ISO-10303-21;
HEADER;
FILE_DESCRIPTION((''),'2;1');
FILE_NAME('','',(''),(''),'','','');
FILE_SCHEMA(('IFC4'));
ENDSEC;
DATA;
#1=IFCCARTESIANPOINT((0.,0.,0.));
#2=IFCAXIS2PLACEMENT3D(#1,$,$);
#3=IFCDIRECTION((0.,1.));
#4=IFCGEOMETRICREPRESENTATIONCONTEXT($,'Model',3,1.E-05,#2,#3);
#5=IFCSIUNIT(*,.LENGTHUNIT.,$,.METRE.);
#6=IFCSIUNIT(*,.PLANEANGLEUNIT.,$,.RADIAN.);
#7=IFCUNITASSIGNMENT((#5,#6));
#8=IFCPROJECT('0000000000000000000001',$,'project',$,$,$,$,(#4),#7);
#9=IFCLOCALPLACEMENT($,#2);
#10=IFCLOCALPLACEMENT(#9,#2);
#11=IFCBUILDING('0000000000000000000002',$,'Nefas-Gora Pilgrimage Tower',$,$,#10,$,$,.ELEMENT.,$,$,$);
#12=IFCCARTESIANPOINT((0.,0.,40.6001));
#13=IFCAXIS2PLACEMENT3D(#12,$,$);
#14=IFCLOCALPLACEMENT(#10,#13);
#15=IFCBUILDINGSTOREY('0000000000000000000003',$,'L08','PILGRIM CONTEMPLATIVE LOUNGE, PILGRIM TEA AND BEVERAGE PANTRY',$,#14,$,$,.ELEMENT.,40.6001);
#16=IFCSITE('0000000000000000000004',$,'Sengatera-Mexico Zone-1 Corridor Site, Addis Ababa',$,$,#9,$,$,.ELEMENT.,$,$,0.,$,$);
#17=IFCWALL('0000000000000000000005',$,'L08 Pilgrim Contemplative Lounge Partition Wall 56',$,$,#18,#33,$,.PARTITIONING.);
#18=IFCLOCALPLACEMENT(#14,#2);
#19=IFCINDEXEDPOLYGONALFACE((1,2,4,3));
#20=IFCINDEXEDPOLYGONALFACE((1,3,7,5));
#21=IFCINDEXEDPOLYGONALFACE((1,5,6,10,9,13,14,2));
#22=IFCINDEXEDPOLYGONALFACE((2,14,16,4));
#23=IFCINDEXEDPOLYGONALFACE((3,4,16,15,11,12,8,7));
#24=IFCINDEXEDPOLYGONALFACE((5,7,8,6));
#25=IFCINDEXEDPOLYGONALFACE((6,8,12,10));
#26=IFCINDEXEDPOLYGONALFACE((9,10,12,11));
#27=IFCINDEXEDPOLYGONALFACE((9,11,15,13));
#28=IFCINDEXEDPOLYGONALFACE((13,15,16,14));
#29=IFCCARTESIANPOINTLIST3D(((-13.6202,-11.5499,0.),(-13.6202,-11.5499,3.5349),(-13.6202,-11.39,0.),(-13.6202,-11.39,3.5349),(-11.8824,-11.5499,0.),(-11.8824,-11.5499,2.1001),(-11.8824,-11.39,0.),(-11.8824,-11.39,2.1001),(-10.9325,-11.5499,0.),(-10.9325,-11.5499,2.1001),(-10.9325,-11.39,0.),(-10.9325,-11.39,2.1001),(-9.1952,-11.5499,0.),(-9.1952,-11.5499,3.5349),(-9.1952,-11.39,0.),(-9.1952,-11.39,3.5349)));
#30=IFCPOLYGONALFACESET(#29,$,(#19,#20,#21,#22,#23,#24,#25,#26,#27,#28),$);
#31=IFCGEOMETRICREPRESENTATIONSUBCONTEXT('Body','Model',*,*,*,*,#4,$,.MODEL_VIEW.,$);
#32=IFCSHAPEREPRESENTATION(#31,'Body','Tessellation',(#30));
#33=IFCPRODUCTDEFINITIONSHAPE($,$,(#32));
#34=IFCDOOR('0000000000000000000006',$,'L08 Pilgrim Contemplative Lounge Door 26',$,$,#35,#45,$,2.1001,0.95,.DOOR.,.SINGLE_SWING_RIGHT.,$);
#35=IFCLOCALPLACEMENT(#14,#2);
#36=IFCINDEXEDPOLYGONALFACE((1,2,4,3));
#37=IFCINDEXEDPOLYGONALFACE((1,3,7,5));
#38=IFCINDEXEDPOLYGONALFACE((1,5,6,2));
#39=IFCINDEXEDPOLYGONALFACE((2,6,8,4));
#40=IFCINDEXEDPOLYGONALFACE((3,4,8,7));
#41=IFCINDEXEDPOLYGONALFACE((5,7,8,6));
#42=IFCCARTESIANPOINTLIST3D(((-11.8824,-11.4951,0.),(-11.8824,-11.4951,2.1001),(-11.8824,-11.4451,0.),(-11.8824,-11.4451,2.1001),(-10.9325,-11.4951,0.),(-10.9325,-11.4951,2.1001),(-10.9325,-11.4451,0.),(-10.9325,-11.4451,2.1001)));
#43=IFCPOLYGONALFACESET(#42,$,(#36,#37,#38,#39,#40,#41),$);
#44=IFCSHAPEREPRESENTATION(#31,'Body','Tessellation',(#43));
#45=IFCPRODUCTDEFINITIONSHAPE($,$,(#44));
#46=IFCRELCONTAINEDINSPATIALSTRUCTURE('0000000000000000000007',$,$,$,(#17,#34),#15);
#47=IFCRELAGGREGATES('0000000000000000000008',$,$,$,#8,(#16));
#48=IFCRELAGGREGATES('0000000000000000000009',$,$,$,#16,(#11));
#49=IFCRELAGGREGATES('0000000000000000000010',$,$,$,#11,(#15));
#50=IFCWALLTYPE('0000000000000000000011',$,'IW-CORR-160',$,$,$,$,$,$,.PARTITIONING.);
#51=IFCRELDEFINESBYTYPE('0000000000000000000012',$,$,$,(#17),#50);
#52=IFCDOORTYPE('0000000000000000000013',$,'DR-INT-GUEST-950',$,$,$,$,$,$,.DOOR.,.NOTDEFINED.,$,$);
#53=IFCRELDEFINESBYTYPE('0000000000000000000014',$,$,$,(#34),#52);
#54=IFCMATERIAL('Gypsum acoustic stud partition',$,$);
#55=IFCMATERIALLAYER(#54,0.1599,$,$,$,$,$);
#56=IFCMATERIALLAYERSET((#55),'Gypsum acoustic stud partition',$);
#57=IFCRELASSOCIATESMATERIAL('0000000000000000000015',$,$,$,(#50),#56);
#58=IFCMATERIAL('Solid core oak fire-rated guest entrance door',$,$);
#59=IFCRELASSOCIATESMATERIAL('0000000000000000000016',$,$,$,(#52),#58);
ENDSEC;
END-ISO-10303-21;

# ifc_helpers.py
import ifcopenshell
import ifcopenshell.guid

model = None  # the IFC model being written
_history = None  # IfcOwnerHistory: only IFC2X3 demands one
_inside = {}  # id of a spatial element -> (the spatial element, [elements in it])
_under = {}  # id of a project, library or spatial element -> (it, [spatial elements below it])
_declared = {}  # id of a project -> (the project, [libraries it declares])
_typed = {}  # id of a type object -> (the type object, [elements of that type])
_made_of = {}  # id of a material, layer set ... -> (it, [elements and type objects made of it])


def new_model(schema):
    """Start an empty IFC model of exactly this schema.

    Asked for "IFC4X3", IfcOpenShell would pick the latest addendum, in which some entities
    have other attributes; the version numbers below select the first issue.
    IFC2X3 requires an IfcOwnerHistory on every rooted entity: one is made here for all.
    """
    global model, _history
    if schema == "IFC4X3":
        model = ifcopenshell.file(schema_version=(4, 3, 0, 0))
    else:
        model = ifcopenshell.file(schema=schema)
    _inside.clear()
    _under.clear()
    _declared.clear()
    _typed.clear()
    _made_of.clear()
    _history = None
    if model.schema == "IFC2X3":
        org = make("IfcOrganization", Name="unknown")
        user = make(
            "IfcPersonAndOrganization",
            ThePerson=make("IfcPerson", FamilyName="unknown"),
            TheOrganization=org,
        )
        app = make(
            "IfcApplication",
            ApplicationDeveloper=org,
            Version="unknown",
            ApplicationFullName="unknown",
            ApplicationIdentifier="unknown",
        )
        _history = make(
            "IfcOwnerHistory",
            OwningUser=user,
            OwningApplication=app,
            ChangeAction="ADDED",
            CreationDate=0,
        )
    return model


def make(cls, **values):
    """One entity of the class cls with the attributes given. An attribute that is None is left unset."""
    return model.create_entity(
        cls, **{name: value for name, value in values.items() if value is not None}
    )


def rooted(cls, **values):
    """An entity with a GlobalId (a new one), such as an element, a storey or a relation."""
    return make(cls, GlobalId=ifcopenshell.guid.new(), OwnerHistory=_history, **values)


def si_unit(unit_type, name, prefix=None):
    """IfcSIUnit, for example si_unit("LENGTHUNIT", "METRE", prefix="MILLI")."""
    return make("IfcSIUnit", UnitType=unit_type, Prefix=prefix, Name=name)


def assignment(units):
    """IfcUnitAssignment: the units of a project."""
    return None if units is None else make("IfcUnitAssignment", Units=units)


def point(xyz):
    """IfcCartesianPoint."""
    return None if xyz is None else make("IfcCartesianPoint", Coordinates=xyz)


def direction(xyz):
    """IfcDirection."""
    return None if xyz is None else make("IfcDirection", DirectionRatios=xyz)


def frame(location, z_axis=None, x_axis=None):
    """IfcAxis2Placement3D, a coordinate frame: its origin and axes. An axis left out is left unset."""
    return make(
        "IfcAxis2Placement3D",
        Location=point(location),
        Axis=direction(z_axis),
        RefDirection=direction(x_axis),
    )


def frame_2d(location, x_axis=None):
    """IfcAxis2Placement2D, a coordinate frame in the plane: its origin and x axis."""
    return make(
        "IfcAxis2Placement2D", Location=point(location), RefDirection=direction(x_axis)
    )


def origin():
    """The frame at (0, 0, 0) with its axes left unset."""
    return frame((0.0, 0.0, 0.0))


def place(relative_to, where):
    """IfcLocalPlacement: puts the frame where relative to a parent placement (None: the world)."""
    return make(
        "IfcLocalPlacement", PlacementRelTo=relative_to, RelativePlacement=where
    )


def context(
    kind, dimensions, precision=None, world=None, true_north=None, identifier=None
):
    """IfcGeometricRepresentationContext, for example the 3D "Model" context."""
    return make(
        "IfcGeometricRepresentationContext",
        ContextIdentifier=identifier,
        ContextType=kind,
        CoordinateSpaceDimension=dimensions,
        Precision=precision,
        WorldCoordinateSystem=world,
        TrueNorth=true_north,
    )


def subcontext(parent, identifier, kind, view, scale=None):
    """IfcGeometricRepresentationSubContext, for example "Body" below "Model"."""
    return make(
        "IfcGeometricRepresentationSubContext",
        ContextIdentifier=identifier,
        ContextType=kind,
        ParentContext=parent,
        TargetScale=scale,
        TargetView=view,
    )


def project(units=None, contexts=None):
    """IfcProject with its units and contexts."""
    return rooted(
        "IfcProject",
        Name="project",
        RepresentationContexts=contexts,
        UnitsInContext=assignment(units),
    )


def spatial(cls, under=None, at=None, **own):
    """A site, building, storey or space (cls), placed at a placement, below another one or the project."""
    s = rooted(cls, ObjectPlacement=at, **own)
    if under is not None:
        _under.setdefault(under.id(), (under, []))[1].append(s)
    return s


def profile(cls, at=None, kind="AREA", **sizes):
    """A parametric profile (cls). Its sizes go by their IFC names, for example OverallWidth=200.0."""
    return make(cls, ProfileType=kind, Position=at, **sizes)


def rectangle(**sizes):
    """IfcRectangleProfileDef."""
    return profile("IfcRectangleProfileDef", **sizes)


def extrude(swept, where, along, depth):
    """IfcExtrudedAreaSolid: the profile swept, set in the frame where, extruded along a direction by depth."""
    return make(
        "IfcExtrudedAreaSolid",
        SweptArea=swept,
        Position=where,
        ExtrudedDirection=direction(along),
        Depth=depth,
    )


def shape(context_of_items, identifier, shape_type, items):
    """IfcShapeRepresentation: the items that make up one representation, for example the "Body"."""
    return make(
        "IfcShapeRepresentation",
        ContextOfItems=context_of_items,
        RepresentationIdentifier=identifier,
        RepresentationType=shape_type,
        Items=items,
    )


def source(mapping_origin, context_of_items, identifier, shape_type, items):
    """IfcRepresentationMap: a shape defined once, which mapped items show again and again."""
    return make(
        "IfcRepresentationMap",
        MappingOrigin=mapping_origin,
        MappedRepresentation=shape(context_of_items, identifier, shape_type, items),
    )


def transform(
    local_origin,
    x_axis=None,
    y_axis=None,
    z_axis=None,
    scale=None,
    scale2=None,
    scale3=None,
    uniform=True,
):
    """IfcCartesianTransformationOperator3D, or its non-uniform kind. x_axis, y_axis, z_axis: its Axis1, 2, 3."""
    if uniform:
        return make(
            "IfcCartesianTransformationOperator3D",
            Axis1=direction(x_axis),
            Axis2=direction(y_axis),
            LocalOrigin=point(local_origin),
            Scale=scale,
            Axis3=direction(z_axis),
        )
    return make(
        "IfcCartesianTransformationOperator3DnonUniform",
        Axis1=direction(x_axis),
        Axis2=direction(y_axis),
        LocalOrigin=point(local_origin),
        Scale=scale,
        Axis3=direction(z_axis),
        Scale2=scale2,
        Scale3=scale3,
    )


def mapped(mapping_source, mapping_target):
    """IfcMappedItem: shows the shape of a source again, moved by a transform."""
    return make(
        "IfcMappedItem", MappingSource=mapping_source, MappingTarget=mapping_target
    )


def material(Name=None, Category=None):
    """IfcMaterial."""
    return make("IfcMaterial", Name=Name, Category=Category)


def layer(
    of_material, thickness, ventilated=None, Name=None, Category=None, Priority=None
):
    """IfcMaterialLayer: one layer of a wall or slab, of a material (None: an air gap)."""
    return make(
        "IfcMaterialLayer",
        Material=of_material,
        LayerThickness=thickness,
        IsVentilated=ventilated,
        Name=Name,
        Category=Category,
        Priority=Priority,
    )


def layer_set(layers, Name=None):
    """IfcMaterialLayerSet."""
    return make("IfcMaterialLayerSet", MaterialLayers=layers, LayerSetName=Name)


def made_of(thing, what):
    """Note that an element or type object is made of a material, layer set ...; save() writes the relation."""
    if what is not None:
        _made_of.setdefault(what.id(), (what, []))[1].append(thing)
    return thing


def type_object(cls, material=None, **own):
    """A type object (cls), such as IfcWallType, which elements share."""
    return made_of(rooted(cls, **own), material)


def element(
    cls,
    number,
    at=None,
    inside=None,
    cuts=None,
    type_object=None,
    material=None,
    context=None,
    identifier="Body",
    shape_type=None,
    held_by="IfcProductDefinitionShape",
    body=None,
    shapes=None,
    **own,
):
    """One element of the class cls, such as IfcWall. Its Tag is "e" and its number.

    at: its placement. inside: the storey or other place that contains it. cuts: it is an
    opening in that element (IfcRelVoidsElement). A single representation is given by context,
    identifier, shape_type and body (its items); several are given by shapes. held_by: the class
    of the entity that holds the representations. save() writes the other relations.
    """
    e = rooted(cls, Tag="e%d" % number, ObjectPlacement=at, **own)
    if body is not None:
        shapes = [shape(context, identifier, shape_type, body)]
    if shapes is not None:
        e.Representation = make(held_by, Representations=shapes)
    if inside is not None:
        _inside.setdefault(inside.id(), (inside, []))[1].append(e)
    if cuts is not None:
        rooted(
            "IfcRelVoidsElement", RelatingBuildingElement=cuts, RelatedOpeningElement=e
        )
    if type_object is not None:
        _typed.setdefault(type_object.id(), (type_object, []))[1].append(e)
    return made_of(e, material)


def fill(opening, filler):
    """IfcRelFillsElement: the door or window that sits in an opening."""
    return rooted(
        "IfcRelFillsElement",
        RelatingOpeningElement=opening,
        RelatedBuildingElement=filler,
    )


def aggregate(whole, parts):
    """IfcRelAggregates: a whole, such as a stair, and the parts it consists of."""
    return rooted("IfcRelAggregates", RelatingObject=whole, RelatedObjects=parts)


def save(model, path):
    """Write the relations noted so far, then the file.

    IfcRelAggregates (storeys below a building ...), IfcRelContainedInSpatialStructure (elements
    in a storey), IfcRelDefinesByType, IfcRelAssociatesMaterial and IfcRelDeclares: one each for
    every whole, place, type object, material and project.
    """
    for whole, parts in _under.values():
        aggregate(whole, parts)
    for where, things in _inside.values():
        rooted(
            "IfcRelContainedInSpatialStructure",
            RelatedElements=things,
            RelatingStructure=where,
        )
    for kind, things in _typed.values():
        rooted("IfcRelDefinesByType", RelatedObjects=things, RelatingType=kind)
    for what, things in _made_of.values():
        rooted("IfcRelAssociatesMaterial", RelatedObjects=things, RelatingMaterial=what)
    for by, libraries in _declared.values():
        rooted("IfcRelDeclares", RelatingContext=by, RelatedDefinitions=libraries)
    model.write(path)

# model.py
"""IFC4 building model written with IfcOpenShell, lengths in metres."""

from ifc_helpers import new_model, si_unit, direction, frame, frame_2d, origin, place, context, subcontext, project, spatial, rectangle, extrude, source, transform, mapped, material, layer, layer_set, type_object, element, fill, save


model = new_model("IFC4")

# Units and contexts
model_context = context("Model", 3, precision=1e-05, world=origin(), true_north=direction((0.0, 1.0)))
body_context = subcontext(model_context, "Body", "Model", "MODEL_VIEW")
ifc_project = project(units=[si_unit("LENGTHUNIT", "METRE"), si_unit("PLANEANGLEUNIT", "RADIAN")], contexts=[model_context])

# Site, building, storey
site_placement = place(None, origin())
site = spatial("IfcSite", under=ifc_project, at=site_placement, Name="Sengatera-Mexico Zone-1 Corridor Site, Addis Ababa", CompositionType="ELEMENT", RefElevation=0.0)
building_placement = place(site_placement, origin())
building = spatial("IfcBuilding", under=site, at=building_placement, Name="Nefas-Gora Pilgrimage Tower", CompositionType="ELEMENT")
storey_placement = place(building_placement, frame((0.0, 0.0, 40.6001)))
storey = spatial("IfcBuildingStorey", under=building, at=storey_placement, Name="L08", Description="PILGRIM CONTEMPLATIVE LOUNGE, PILGRIM TEA AND BEVERAGE PANTRY", CompositionType="ELEMENT", Elevation=40.6001)

# Shared definitions
ifc_material_1 = material(Name="Gypsum acoustic stud partition")
ifc_layer_1 = layer(ifc_material_1, 0.1599)
ifc_layer_set_1 = layer_set([ifc_layer_1], Name="Gypsum acoustic stud partition")
wall_type_1 = type_object("IfcWallType", Name="IW-CORR-160", PredefinedType="PARTITIONING", material=ifc_layer_set_1)
ifc_material_2 = material(Name="Solid core oak fire-rated guest entrance door")
door_type_1 = type_object("IfcDoorType", Name="DR-INT-GUEST-950", OperationType="NOTDEFINED", PredefinedType="DOOR", material=ifc_material_2)
shared_shape_1 = source(origin(), body_context, "Body", "SweptSolid", [
    extrude(rectangle(XDim=0.95, YDim=2.1001, at=frame_2d((0.4751, 1.05))), frame((0.0, 0.0249, 0.0), z_axis=(0.0, -1.0, 0.0), x_axis=(1.0, 0.0, 0.0)), (0.0, 0.0, 1.0), 0.05),
])

# Wall, opening, door
shared_shape_2 = source(origin(), body_context, "Body", "SweptSolid", [
    extrude(rectangle(XDim=4.425, YDim=0.1599, at=frame_2d((2.2124, 0.0))), origin(), (0.0, 0.0, 1.0), 3.5349),
])
wall_1_placement = place(storey_placement, frame((-13.6201, -11.47, 0.0), z_axis=(0.0, 0.0, 1.0), x_axis=(1.0, 0.0, 0.0)))
wall_1 = element("IfcWall", 1, at=wall_1_placement, inside=storey, type_object=wall_type_1, Name="L08 Pilgrim Contemplative Lounge Partition Wall 56", PredefinedType="PARTITIONING", context=body_context, shape_type="MappedRepresentation", body=[
    mapped(shared_shape_2, transform((0.0, 0.0, 0.0), x_axis=(1.0, 0.0, 0.0), y_axis=(0.0, 1.0, 0.0), z_axis=(0.0, 0.0, 1.0), scale=1.0)),
])
opening_1_placement = place(wall_1_placement, frame((1.7375, 0.0, 0.0)))
opening_1 = element("IfcOpeningElement", 2, at=opening_1_placement, cuts=wall_1, PredefinedType="OPENING", context=body_context, shape_type="SweptSolid", body=[
    extrude(rectangle(XDim=0.95, YDim=2.1001, at=frame_2d((0.4751, 1.05))), frame((0.0, 0.0898, 0.0), z_axis=(0.0, -1.0, 0.0), x_axis=(1.0, 0.0, 0.0)), (0.0, 0.0, 1.0), 0.1799),
])
door_1_placement = place(opening_1_placement, origin())
door_1 = element("IfcDoor", 3, at=door_1_placement, inside=storey, type_object=door_type_1, Name="L08 Pilgrim Contemplative Lounge Door 26", OperationType="SINGLE_SWING_RIGHT", OverallHeight=2.1001, OverallWidth=0.95, PredefinedType="DOOR", context=body_context, shape_type="MappedRepresentation", body=[
    mapped(shared_shape_1, transform((0.0, 0.0, 0.0), x_axis=(1.0, 0.0, 0.0), y_axis=(0.0, 1.0, 0.0), z_axis=(0.0, 0.0, 1.0), scale=1.0)),
])
fill(opening_1, door_1)

save(model, "model.ifc")
